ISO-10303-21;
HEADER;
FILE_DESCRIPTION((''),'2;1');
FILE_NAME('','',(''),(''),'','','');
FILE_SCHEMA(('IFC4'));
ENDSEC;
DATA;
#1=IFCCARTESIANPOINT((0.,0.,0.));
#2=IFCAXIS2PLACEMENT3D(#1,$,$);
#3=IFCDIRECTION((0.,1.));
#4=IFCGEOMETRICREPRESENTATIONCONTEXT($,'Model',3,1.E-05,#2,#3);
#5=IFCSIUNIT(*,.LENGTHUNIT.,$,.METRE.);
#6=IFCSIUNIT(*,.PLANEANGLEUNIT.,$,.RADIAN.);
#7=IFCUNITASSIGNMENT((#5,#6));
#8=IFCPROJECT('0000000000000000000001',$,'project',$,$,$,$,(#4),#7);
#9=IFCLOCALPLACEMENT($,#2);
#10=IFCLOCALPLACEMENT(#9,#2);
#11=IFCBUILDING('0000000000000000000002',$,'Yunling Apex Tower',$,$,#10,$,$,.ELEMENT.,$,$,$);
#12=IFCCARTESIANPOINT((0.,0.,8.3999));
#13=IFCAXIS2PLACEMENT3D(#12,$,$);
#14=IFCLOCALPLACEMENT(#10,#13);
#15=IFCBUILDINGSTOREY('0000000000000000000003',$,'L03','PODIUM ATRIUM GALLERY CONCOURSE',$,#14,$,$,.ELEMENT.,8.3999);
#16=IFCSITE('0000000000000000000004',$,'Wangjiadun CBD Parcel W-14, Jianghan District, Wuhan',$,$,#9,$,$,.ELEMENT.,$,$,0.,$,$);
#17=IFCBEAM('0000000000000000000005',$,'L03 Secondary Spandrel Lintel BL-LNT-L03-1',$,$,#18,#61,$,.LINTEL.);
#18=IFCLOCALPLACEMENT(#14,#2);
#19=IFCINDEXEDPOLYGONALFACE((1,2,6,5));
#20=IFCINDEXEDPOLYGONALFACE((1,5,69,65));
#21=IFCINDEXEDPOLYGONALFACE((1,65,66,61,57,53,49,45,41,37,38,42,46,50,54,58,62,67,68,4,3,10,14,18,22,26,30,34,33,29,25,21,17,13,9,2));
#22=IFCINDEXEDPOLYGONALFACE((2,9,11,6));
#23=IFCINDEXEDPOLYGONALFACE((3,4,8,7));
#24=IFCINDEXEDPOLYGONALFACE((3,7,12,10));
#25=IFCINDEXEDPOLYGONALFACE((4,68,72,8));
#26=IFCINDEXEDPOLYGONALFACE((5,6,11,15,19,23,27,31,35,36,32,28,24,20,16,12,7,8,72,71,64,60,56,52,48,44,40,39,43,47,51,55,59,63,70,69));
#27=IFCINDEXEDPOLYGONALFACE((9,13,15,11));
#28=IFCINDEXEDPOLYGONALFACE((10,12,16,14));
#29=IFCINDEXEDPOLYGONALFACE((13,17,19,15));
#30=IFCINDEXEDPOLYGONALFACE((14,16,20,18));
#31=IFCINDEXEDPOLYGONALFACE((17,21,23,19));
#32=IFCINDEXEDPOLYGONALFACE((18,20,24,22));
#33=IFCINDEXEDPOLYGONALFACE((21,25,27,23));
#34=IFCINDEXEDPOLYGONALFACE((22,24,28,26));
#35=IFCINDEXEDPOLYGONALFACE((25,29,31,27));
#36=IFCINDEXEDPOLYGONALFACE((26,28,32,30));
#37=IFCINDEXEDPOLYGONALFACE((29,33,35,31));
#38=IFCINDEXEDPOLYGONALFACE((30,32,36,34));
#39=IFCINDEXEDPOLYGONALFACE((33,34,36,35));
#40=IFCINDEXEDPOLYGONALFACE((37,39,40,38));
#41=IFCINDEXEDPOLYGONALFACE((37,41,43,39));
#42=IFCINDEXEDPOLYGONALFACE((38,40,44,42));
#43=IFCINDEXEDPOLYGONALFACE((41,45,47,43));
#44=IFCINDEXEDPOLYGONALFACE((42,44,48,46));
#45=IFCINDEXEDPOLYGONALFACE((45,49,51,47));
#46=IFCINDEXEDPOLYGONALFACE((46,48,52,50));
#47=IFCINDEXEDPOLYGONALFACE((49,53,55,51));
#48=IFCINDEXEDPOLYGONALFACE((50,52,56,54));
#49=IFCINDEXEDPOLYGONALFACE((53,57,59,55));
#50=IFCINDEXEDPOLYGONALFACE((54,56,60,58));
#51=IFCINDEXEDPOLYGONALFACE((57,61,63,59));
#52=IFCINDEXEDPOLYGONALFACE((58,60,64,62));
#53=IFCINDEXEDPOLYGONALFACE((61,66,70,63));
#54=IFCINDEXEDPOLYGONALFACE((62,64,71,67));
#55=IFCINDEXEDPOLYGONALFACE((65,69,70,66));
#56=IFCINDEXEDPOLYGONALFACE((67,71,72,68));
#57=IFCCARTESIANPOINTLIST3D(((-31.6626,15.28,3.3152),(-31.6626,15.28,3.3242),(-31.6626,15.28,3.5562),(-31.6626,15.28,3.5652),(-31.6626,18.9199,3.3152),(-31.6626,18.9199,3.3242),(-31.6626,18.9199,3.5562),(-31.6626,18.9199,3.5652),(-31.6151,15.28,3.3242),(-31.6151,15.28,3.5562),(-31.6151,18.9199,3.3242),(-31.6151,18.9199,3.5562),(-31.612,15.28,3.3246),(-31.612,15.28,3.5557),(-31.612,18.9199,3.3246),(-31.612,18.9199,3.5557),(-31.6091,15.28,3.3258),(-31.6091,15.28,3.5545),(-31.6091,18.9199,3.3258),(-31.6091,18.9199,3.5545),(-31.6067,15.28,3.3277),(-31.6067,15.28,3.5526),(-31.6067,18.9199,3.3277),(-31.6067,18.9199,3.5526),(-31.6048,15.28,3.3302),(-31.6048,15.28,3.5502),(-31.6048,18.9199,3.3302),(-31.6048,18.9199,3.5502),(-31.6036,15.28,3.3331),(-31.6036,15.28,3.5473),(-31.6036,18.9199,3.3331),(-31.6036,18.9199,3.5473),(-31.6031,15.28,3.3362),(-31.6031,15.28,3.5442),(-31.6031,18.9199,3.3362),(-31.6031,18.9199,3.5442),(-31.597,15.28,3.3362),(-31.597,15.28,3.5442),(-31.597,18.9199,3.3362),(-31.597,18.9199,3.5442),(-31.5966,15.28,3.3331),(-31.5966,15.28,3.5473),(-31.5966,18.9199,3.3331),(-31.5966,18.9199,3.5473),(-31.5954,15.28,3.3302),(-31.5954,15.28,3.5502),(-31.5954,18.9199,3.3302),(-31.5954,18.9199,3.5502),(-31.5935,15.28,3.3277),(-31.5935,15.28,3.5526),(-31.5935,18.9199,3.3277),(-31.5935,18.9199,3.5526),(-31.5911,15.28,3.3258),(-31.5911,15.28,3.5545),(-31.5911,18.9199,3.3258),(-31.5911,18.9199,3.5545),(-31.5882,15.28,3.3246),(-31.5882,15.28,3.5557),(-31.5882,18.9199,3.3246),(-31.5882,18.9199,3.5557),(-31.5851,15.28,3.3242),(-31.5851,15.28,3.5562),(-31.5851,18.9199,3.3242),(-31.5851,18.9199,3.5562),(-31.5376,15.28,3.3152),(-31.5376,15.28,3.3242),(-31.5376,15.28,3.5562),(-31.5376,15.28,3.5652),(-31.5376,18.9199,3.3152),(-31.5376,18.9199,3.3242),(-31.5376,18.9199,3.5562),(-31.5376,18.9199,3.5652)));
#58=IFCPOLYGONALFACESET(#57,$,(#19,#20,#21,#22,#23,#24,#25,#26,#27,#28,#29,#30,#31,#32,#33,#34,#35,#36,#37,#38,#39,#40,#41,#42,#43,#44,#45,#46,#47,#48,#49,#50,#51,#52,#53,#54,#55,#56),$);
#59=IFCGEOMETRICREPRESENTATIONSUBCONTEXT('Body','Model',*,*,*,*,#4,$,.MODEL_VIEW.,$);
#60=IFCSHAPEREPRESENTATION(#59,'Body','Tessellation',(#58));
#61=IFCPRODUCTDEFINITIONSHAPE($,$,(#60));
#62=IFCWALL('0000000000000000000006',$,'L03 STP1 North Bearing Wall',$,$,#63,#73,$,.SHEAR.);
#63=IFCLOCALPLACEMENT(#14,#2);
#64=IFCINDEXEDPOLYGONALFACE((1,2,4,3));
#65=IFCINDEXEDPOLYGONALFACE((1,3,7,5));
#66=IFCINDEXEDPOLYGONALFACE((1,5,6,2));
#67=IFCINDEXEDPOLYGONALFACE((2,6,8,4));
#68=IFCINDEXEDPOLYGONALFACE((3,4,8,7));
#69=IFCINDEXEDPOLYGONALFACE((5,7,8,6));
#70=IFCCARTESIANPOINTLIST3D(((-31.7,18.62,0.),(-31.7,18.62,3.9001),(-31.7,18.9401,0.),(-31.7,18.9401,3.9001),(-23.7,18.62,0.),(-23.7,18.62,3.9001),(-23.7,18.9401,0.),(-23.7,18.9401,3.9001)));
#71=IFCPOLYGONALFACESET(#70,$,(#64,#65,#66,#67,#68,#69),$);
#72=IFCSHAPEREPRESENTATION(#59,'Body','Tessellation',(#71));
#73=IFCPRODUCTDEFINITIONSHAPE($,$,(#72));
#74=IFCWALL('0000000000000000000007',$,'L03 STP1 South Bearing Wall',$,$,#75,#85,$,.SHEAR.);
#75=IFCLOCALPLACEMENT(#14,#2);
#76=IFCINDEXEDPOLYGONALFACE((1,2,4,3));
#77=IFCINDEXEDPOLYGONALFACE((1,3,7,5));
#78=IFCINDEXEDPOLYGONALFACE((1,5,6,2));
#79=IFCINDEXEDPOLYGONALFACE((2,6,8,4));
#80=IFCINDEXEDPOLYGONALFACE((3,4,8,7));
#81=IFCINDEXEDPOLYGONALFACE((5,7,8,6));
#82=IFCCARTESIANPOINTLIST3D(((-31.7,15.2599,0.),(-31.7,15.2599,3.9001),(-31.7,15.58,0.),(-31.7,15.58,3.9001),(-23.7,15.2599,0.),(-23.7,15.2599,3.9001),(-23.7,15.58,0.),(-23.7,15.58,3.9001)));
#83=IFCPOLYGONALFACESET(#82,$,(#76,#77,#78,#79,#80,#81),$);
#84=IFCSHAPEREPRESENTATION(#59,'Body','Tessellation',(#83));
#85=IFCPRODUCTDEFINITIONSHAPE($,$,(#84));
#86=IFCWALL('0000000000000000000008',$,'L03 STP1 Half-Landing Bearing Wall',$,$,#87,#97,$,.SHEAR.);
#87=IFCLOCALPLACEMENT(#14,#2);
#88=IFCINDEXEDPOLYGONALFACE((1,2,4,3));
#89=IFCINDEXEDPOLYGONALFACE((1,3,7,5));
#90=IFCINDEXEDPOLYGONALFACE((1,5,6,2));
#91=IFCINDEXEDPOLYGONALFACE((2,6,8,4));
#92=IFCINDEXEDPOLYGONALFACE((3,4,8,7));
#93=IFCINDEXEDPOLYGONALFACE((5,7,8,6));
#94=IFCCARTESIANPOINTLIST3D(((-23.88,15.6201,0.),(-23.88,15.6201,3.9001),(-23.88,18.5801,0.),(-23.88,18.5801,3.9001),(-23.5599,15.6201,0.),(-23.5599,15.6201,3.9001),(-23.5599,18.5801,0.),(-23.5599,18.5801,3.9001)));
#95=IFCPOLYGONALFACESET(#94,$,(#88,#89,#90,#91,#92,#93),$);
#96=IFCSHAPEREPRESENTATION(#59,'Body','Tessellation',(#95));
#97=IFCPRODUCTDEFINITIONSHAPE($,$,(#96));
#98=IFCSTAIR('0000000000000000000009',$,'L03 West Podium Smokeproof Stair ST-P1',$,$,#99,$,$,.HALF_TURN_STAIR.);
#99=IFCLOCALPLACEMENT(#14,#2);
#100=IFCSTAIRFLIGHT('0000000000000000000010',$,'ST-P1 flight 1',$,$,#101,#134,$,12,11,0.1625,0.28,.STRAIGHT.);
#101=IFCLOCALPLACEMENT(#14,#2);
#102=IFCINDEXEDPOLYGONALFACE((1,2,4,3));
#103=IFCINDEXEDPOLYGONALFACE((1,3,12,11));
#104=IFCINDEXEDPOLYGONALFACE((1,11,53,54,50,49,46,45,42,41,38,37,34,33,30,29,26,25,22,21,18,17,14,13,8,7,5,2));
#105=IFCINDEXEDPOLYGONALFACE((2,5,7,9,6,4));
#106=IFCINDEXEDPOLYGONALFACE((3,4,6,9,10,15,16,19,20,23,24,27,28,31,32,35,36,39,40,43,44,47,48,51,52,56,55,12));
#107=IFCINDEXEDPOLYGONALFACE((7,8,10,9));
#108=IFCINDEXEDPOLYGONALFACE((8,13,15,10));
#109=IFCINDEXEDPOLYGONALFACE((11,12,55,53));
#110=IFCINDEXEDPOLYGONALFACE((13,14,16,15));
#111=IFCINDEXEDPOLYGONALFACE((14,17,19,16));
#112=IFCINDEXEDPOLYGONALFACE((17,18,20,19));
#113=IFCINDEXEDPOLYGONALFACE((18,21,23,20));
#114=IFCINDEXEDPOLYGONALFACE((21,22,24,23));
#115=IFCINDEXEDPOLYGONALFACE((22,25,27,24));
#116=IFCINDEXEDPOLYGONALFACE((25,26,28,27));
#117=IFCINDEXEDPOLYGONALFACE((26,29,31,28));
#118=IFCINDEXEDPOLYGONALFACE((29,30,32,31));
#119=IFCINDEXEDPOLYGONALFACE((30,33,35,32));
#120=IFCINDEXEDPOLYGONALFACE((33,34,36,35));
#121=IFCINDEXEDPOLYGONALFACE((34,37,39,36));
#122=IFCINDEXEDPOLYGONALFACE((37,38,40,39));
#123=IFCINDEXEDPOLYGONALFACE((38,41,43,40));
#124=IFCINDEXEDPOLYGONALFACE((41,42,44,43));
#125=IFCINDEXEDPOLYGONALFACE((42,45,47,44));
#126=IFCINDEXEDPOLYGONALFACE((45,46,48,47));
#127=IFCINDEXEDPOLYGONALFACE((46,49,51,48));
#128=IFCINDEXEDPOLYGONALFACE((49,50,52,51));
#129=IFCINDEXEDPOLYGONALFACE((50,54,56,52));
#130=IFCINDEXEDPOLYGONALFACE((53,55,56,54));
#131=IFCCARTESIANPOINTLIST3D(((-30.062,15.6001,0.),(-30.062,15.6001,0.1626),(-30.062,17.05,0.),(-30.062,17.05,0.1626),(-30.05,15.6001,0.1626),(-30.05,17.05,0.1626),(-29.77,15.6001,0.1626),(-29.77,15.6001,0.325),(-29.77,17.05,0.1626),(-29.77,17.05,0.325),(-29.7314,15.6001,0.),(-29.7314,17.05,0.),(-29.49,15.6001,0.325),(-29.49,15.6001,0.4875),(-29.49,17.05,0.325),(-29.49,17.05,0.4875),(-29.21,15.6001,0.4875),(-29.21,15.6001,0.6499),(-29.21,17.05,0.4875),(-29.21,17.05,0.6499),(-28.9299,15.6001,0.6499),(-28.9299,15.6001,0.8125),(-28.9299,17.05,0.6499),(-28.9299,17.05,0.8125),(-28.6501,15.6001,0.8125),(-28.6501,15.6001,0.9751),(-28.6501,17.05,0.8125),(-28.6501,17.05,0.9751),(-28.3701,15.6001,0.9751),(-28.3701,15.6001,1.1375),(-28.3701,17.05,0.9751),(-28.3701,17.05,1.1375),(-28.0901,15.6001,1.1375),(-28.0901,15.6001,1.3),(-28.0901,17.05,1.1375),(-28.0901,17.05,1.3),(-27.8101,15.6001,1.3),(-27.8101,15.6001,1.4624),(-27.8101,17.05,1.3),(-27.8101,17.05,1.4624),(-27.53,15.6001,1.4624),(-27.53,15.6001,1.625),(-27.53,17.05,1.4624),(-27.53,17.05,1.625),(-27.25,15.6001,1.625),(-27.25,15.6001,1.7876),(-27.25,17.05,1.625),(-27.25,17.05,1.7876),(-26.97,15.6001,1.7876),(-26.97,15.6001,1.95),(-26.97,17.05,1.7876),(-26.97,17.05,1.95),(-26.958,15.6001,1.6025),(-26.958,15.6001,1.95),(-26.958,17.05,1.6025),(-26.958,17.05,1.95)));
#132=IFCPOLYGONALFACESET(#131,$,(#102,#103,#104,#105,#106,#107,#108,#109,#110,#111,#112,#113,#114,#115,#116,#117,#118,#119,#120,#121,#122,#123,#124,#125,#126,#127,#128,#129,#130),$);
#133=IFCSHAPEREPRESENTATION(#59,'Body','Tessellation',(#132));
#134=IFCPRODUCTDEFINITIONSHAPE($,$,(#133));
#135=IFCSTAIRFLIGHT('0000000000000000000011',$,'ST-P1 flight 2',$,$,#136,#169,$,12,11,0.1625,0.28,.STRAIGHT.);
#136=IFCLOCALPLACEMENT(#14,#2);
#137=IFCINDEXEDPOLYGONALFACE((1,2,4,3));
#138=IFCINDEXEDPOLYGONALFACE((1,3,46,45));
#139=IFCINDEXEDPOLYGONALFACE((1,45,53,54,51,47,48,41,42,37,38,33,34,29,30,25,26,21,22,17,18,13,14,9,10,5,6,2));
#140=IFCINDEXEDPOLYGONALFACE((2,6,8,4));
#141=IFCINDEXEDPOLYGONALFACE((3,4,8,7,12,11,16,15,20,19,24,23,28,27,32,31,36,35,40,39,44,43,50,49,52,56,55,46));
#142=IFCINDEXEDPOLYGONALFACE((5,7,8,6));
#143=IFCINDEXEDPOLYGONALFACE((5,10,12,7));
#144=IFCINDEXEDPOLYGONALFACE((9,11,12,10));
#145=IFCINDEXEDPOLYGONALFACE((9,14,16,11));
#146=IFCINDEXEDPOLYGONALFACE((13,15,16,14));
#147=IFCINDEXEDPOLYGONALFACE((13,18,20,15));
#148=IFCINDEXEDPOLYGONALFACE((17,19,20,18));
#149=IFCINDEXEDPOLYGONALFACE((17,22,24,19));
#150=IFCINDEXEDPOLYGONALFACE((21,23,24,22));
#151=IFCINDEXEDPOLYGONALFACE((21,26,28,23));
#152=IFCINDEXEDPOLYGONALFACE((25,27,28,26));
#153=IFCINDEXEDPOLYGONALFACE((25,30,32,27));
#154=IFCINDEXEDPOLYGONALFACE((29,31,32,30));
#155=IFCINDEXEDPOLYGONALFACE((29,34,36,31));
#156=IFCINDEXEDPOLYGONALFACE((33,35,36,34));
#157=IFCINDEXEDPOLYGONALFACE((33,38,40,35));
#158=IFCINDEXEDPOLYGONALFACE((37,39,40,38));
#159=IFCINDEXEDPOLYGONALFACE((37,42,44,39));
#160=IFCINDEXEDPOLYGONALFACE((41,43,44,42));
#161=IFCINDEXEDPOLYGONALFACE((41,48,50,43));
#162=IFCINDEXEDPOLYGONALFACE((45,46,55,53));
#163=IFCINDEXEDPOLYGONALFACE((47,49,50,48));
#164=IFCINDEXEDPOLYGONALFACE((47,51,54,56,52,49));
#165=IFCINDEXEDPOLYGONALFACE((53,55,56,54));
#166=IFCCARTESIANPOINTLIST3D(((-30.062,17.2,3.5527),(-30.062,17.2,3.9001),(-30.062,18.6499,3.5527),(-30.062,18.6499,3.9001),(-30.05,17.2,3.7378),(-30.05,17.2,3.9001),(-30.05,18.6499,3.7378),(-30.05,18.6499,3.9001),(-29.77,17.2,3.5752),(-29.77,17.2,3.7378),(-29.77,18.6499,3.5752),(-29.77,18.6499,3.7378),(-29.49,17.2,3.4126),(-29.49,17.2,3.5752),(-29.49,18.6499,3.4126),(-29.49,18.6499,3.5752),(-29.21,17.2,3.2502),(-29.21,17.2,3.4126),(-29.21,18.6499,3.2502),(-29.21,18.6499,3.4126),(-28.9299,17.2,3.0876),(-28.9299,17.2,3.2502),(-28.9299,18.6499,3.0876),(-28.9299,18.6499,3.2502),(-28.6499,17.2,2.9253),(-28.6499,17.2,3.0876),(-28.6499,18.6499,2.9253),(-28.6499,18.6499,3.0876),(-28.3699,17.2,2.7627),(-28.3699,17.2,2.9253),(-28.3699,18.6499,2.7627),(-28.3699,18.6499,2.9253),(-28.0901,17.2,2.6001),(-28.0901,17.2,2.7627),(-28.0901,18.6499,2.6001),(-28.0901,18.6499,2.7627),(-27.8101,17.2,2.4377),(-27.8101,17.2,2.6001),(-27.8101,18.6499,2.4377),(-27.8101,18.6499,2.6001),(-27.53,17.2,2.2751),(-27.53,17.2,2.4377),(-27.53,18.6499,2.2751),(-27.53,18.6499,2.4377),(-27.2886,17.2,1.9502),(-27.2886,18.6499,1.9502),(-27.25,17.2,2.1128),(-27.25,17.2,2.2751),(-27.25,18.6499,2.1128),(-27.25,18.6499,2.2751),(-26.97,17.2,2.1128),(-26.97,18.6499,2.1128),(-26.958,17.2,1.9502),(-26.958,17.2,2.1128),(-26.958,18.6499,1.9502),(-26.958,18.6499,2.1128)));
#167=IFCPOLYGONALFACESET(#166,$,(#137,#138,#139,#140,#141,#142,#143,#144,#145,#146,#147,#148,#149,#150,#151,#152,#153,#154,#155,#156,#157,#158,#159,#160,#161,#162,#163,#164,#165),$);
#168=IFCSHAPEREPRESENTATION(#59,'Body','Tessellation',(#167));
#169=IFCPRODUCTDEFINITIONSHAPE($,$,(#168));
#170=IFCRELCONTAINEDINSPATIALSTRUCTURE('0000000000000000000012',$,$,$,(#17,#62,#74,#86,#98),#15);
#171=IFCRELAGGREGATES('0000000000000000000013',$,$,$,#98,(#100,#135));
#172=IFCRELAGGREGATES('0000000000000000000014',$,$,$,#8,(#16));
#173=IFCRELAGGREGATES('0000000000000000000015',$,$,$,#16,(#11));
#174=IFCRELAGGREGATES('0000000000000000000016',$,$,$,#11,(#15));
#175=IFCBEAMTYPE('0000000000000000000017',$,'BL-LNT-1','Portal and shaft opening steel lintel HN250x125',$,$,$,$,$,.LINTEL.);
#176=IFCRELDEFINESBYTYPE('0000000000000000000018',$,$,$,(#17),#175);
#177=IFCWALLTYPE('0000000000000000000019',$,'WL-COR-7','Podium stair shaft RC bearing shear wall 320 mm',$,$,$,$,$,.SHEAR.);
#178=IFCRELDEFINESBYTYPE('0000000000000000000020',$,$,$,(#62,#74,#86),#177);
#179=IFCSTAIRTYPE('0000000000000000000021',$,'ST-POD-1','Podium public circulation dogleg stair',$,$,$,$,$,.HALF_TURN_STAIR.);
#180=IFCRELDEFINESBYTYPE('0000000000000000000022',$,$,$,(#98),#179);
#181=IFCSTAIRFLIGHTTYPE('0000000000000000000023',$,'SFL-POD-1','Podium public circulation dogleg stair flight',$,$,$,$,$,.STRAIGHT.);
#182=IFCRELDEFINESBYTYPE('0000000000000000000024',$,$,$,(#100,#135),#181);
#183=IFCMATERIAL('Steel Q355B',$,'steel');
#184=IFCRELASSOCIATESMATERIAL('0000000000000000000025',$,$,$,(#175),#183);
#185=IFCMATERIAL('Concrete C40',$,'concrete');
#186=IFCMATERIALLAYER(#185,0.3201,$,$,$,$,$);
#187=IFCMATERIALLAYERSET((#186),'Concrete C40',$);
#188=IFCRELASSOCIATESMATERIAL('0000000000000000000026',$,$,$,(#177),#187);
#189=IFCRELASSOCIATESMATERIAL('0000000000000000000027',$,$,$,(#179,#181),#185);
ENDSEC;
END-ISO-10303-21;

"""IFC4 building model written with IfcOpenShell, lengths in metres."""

from ifc_helpers import new_model, si_unit, direction, frame, frame_2d, origin, origin_2d, place, context, subcontext, project, spatial, polyline, rectangle, i_section, outline, extrude, source, transform, mapped, material, layer, layer_set, material_profile, profile_set, type_object, element, aggregate, save


model = new_model("IFC4")

# Units and contexts
model_context = context("Model", 3, precision=1e-05, world=origin(), true_north=direction((0.0, 1.0)))
body_context = subcontext(model_context, "Body", "Model", "MODEL_VIEW")
ifc_project = project(units=[si_unit("LENGTHUNIT", "METRE"), si_unit("PLANEANGLEUNIT", "RADIAN")], contexts=[model_context])

# Site, building, storey
site_placement = place(None, origin())
site = spatial("IfcSite", under=ifc_project, at=site_placement, Name="Wangjiadun CBD Parcel W-14, Jianghan District, Wuhan", CompositionType="ELEMENT", RefElevation=0.0)
building_placement = place(site_placement, origin())
building = spatial("IfcBuilding", under=site, at=building_placement, Name="Yunling Apex Tower", CompositionType="ELEMENT")
storey_placement = place(building_placement, frame((0.0, 0.0, 8.3999)))
storey = spatial("IfcBuildingStorey", under=building, at=storey_placement, Name="L03", Description="PODIUM ATRIUM GALLERY CONCOURSE", CompositionType="ELEMENT", Elevation=8.3999)

# Beam
ifc_material_1 = material(Name="Steel Q355B", Category="steel")
ifc_material_profile_1 = material_profile(ifc_material_1, i_section(OverallWidth=0.125, OverallDepth=0.25, WebThickness=0.0061, FlangeThickness=0.009, FilletRadius=0.012, at=origin_2d()))
ifc_profile_set_1 = profile_set([ifc_material_profile_1], Name="Steel Q355B")
beam_type_1 = type_object("IfcBeamType", Name="BL-LNT-1", Description="Portal and shaft opening steel lintel HN250x125", PredefinedType="LINTEL", material=ifc_profile_set_1)
shared_shape_1 = source(origin(), body_context, "Body", "SweptSolid", [
    extrude(i_section(OverallWidth=0.125, OverallDepth=0.25, WebThickness=0.0061, FlangeThickness=0.009, FilletRadius=0.012, at=origin_2d()), origin(), (0.0, 0.0, 1.0), 3.6399),
])
beam_1_placement = place(storey_placement, frame((-31.6001, 15.28, 3.4402), z_axis=(0.0, 1.0, 0.0), x_axis=(-1.0, 0.0, 0.0)))
element("IfcBeam", 1, at=beam_1_placement, inside=storey, type_object=beam_type_1, Name="L03 Secondary Spandrel Lintel BL-LNT-L03-1", PredefinedType="LINTEL", context=body_context, shape_type="MappedRepresentation", body=[
    mapped(shared_shape_1, transform((0.0, 0.0, 0.0), scale=1.0)),
])

# Walls
ifc_material_2 = material(Name="Concrete C40", Category="concrete")
ifc_layer_1 = layer(ifc_material_2, 0.3201)
ifc_layer_set_1 = layer_set([ifc_layer_1], Name="Concrete C40")
wall_type_1 = type_object("IfcWallType", Name="WL-COR-7", Description="Podium stair shaft RC bearing shear wall 320 mm", PredefinedType="SHEAR", material=ifc_layer_set_1)
for number, where, z_axis, x_axis, name in (
    (2, (-31.7, 18.78, 0.0), (0.0, 0.0, 1.0), (1.0, 0.0, 0.0), "L03 STP1 North Bearing Wall"),
    (3, (-31.7, 15.4199, 0.0), (0.0, 0.0, 1.0), (1.0, 0.0, 0.0), "L03 STP1 South Bearing Wall"),
):
    element("IfcWall", number, at=place(storey_placement, frame(where, z_axis=z_axis, x_axis=x_axis)), inside=storey, type_object=wall_type_1, Name=name, PredefinedType="SHEAR", context=body_context, shape_type="SweptSolid", body=[
        extrude(rectangle(XDim=8.0, YDim=0.3201, at=frame_2d((4.0, 0.0))), origin(), (0.0, 0.0, 1.0), 3.9001),
    ])
wall_1_placement = place(storey_placement, frame((-23.72, 15.6201, 0.0), z_axis=(0.0, 0.0, 1.0), x_axis=(0.0, 1.0, 0.0)))
element("IfcWall", 4, at=wall_1_placement, inside=storey, type_object=wall_type_1, Name="L03 STP1 Half-Landing Bearing Wall", PredefinedType="SHEAR", context=body_context, shape_type="SweptSolid", body=[
    extrude(rectangle(XDim=2.96, YDim=0.3201, at=frame_2d((1.48, 0.0))), origin(), (0.0, 0.0, 1.0), 3.9001),
])

# Stair, stair flights
stair_type = type_object("IfcStairType", Name="ST-POD-1", Description="Podium public circulation dogleg stair", PredefinedType="HALF_TURN_STAIR", material=ifc_material_2)
stair_placement = place(storey_placement, origin())
stair = element("IfcStair", 5, at=stair_placement, inside=storey, type_object=stair_type, Name="L03 West Podium Smokeproof Stair ST-P1", PredefinedType="HALF_TURN_STAIR")
stair_flight_type = type_object("IfcStairFlightType", Name="SFL-POD-1", Description="Podium public circulation dogleg stair flight", PredefinedType="STRAIGHT", material=ifc_material_2)
stair_flight_1_placement = place(storey_placement, frame((-30.05, 16.325, 0.0), z_axis=(0.0, 0.0, 1.0), x_axis=(1.0, 0.0, 0.0)))
stair_flight_1 = element("IfcStairFlight", 6, at=stair_flight_1_placement, type_object=stair_flight_type, Name="ST-P1 flight 1", NumberOfRisers=12, NumberOfTreads=11, PredefinedType="STRAIGHT", RiserHeight=0.1625, TreadLength=0.28, context=body_context, shape_type="SweptSolid", body=[
    extrude(outline(polyline([(-0.012, 0.0), (-0.012, 0.1626), (0.0, 0.1626), (0.28, 0.1626), (0.28, 0.325), (0.5601, 0.325), (0.5601, 0.4875), (0.8401, 0.4875), (0.8401, 0.6499), (1.1201, 0.6499), (1.1201, 0.8125), (1.3999, 0.8125), (1.3999, 0.9751), (1.6799, 0.9751), (1.6799, 1.1375), (1.96, 1.1375), (1.96, 1.3), (2.24, 1.3), (2.24, 1.4624), (2.52, 1.4624), (2.52, 1.625), (2.8, 1.625), (2.8, 1.7876), (3.0801, 1.7876), (3.0801, 1.95), (3.092, 1.95), (3.092, 1.6025), (0.3186, 0.0), (-0.012, 0.0)])), frame((0.0, 0.7251, 0.0), z_axis=(0.0, -1.0, 0.0), x_axis=(1.0, 0.0, 0.0)), (0.0, 0.0, 1.0), 1.45),
])
stair_flight_2_placement = place(storey_placement, frame((-26.97, 17.925, 1.9502), z_axis=(0.0, 0.0, 1.0), x_axis=(-1.0, 0.0, 0.0)))
stair_flight_2 = element("IfcStairFlight", 7, at=stair_flight_2_placement, type_object=stair_flight_type, Name="ST-P1 flight 2", NumberOfRisers=12, NumberOfTreads=11, PredefinedType="STRAIGHT", RiserHeight=0.1625, TreadLength=0.28, context=body_context, shape_type="SweptSolid", body=[
    extrude(outline(polyline([(-0.012, 0.0), (-0.012, 0.1626), (0.0, 0.1626), (0.28, 0.1626), (0.28, 0.325), (0.5601, 0.325), (0.5601, 0.4875), (0.8401, 0.4875), (0.8401, 0.6499), (1.1201, 0.6499), (1.1201, 0.8125), (1.3999, 0.8125), (1.3999, 0.9751), (1.6799, 0.9751), (1.6799, 1.1375), (1.96, 1.1375), (1.96, 1.3), (2.24, 1.3), (2.24, 1.4624), (2.52, 1.4624), (2.52, 1.625), (2.8, 1.625), (2.8, 1.7876), (3.0801, 1.7876), (3.0801, 1.95), (3.092, 1.95), (3.092, 1.6025), (0.3186, 0.0), (-0.012, 0.0)])), frame((0.0, 0.7251, 0.0), z_axis=(0.0, -1.0, 0.0), x_axis=(1.0, 0.0, 0.0)), (0.0, 0.0, 1.0), 1.45),
])
aggregate(stair, [stair_flight_1, stair_flight_2])

save(model, "model.ifc")
